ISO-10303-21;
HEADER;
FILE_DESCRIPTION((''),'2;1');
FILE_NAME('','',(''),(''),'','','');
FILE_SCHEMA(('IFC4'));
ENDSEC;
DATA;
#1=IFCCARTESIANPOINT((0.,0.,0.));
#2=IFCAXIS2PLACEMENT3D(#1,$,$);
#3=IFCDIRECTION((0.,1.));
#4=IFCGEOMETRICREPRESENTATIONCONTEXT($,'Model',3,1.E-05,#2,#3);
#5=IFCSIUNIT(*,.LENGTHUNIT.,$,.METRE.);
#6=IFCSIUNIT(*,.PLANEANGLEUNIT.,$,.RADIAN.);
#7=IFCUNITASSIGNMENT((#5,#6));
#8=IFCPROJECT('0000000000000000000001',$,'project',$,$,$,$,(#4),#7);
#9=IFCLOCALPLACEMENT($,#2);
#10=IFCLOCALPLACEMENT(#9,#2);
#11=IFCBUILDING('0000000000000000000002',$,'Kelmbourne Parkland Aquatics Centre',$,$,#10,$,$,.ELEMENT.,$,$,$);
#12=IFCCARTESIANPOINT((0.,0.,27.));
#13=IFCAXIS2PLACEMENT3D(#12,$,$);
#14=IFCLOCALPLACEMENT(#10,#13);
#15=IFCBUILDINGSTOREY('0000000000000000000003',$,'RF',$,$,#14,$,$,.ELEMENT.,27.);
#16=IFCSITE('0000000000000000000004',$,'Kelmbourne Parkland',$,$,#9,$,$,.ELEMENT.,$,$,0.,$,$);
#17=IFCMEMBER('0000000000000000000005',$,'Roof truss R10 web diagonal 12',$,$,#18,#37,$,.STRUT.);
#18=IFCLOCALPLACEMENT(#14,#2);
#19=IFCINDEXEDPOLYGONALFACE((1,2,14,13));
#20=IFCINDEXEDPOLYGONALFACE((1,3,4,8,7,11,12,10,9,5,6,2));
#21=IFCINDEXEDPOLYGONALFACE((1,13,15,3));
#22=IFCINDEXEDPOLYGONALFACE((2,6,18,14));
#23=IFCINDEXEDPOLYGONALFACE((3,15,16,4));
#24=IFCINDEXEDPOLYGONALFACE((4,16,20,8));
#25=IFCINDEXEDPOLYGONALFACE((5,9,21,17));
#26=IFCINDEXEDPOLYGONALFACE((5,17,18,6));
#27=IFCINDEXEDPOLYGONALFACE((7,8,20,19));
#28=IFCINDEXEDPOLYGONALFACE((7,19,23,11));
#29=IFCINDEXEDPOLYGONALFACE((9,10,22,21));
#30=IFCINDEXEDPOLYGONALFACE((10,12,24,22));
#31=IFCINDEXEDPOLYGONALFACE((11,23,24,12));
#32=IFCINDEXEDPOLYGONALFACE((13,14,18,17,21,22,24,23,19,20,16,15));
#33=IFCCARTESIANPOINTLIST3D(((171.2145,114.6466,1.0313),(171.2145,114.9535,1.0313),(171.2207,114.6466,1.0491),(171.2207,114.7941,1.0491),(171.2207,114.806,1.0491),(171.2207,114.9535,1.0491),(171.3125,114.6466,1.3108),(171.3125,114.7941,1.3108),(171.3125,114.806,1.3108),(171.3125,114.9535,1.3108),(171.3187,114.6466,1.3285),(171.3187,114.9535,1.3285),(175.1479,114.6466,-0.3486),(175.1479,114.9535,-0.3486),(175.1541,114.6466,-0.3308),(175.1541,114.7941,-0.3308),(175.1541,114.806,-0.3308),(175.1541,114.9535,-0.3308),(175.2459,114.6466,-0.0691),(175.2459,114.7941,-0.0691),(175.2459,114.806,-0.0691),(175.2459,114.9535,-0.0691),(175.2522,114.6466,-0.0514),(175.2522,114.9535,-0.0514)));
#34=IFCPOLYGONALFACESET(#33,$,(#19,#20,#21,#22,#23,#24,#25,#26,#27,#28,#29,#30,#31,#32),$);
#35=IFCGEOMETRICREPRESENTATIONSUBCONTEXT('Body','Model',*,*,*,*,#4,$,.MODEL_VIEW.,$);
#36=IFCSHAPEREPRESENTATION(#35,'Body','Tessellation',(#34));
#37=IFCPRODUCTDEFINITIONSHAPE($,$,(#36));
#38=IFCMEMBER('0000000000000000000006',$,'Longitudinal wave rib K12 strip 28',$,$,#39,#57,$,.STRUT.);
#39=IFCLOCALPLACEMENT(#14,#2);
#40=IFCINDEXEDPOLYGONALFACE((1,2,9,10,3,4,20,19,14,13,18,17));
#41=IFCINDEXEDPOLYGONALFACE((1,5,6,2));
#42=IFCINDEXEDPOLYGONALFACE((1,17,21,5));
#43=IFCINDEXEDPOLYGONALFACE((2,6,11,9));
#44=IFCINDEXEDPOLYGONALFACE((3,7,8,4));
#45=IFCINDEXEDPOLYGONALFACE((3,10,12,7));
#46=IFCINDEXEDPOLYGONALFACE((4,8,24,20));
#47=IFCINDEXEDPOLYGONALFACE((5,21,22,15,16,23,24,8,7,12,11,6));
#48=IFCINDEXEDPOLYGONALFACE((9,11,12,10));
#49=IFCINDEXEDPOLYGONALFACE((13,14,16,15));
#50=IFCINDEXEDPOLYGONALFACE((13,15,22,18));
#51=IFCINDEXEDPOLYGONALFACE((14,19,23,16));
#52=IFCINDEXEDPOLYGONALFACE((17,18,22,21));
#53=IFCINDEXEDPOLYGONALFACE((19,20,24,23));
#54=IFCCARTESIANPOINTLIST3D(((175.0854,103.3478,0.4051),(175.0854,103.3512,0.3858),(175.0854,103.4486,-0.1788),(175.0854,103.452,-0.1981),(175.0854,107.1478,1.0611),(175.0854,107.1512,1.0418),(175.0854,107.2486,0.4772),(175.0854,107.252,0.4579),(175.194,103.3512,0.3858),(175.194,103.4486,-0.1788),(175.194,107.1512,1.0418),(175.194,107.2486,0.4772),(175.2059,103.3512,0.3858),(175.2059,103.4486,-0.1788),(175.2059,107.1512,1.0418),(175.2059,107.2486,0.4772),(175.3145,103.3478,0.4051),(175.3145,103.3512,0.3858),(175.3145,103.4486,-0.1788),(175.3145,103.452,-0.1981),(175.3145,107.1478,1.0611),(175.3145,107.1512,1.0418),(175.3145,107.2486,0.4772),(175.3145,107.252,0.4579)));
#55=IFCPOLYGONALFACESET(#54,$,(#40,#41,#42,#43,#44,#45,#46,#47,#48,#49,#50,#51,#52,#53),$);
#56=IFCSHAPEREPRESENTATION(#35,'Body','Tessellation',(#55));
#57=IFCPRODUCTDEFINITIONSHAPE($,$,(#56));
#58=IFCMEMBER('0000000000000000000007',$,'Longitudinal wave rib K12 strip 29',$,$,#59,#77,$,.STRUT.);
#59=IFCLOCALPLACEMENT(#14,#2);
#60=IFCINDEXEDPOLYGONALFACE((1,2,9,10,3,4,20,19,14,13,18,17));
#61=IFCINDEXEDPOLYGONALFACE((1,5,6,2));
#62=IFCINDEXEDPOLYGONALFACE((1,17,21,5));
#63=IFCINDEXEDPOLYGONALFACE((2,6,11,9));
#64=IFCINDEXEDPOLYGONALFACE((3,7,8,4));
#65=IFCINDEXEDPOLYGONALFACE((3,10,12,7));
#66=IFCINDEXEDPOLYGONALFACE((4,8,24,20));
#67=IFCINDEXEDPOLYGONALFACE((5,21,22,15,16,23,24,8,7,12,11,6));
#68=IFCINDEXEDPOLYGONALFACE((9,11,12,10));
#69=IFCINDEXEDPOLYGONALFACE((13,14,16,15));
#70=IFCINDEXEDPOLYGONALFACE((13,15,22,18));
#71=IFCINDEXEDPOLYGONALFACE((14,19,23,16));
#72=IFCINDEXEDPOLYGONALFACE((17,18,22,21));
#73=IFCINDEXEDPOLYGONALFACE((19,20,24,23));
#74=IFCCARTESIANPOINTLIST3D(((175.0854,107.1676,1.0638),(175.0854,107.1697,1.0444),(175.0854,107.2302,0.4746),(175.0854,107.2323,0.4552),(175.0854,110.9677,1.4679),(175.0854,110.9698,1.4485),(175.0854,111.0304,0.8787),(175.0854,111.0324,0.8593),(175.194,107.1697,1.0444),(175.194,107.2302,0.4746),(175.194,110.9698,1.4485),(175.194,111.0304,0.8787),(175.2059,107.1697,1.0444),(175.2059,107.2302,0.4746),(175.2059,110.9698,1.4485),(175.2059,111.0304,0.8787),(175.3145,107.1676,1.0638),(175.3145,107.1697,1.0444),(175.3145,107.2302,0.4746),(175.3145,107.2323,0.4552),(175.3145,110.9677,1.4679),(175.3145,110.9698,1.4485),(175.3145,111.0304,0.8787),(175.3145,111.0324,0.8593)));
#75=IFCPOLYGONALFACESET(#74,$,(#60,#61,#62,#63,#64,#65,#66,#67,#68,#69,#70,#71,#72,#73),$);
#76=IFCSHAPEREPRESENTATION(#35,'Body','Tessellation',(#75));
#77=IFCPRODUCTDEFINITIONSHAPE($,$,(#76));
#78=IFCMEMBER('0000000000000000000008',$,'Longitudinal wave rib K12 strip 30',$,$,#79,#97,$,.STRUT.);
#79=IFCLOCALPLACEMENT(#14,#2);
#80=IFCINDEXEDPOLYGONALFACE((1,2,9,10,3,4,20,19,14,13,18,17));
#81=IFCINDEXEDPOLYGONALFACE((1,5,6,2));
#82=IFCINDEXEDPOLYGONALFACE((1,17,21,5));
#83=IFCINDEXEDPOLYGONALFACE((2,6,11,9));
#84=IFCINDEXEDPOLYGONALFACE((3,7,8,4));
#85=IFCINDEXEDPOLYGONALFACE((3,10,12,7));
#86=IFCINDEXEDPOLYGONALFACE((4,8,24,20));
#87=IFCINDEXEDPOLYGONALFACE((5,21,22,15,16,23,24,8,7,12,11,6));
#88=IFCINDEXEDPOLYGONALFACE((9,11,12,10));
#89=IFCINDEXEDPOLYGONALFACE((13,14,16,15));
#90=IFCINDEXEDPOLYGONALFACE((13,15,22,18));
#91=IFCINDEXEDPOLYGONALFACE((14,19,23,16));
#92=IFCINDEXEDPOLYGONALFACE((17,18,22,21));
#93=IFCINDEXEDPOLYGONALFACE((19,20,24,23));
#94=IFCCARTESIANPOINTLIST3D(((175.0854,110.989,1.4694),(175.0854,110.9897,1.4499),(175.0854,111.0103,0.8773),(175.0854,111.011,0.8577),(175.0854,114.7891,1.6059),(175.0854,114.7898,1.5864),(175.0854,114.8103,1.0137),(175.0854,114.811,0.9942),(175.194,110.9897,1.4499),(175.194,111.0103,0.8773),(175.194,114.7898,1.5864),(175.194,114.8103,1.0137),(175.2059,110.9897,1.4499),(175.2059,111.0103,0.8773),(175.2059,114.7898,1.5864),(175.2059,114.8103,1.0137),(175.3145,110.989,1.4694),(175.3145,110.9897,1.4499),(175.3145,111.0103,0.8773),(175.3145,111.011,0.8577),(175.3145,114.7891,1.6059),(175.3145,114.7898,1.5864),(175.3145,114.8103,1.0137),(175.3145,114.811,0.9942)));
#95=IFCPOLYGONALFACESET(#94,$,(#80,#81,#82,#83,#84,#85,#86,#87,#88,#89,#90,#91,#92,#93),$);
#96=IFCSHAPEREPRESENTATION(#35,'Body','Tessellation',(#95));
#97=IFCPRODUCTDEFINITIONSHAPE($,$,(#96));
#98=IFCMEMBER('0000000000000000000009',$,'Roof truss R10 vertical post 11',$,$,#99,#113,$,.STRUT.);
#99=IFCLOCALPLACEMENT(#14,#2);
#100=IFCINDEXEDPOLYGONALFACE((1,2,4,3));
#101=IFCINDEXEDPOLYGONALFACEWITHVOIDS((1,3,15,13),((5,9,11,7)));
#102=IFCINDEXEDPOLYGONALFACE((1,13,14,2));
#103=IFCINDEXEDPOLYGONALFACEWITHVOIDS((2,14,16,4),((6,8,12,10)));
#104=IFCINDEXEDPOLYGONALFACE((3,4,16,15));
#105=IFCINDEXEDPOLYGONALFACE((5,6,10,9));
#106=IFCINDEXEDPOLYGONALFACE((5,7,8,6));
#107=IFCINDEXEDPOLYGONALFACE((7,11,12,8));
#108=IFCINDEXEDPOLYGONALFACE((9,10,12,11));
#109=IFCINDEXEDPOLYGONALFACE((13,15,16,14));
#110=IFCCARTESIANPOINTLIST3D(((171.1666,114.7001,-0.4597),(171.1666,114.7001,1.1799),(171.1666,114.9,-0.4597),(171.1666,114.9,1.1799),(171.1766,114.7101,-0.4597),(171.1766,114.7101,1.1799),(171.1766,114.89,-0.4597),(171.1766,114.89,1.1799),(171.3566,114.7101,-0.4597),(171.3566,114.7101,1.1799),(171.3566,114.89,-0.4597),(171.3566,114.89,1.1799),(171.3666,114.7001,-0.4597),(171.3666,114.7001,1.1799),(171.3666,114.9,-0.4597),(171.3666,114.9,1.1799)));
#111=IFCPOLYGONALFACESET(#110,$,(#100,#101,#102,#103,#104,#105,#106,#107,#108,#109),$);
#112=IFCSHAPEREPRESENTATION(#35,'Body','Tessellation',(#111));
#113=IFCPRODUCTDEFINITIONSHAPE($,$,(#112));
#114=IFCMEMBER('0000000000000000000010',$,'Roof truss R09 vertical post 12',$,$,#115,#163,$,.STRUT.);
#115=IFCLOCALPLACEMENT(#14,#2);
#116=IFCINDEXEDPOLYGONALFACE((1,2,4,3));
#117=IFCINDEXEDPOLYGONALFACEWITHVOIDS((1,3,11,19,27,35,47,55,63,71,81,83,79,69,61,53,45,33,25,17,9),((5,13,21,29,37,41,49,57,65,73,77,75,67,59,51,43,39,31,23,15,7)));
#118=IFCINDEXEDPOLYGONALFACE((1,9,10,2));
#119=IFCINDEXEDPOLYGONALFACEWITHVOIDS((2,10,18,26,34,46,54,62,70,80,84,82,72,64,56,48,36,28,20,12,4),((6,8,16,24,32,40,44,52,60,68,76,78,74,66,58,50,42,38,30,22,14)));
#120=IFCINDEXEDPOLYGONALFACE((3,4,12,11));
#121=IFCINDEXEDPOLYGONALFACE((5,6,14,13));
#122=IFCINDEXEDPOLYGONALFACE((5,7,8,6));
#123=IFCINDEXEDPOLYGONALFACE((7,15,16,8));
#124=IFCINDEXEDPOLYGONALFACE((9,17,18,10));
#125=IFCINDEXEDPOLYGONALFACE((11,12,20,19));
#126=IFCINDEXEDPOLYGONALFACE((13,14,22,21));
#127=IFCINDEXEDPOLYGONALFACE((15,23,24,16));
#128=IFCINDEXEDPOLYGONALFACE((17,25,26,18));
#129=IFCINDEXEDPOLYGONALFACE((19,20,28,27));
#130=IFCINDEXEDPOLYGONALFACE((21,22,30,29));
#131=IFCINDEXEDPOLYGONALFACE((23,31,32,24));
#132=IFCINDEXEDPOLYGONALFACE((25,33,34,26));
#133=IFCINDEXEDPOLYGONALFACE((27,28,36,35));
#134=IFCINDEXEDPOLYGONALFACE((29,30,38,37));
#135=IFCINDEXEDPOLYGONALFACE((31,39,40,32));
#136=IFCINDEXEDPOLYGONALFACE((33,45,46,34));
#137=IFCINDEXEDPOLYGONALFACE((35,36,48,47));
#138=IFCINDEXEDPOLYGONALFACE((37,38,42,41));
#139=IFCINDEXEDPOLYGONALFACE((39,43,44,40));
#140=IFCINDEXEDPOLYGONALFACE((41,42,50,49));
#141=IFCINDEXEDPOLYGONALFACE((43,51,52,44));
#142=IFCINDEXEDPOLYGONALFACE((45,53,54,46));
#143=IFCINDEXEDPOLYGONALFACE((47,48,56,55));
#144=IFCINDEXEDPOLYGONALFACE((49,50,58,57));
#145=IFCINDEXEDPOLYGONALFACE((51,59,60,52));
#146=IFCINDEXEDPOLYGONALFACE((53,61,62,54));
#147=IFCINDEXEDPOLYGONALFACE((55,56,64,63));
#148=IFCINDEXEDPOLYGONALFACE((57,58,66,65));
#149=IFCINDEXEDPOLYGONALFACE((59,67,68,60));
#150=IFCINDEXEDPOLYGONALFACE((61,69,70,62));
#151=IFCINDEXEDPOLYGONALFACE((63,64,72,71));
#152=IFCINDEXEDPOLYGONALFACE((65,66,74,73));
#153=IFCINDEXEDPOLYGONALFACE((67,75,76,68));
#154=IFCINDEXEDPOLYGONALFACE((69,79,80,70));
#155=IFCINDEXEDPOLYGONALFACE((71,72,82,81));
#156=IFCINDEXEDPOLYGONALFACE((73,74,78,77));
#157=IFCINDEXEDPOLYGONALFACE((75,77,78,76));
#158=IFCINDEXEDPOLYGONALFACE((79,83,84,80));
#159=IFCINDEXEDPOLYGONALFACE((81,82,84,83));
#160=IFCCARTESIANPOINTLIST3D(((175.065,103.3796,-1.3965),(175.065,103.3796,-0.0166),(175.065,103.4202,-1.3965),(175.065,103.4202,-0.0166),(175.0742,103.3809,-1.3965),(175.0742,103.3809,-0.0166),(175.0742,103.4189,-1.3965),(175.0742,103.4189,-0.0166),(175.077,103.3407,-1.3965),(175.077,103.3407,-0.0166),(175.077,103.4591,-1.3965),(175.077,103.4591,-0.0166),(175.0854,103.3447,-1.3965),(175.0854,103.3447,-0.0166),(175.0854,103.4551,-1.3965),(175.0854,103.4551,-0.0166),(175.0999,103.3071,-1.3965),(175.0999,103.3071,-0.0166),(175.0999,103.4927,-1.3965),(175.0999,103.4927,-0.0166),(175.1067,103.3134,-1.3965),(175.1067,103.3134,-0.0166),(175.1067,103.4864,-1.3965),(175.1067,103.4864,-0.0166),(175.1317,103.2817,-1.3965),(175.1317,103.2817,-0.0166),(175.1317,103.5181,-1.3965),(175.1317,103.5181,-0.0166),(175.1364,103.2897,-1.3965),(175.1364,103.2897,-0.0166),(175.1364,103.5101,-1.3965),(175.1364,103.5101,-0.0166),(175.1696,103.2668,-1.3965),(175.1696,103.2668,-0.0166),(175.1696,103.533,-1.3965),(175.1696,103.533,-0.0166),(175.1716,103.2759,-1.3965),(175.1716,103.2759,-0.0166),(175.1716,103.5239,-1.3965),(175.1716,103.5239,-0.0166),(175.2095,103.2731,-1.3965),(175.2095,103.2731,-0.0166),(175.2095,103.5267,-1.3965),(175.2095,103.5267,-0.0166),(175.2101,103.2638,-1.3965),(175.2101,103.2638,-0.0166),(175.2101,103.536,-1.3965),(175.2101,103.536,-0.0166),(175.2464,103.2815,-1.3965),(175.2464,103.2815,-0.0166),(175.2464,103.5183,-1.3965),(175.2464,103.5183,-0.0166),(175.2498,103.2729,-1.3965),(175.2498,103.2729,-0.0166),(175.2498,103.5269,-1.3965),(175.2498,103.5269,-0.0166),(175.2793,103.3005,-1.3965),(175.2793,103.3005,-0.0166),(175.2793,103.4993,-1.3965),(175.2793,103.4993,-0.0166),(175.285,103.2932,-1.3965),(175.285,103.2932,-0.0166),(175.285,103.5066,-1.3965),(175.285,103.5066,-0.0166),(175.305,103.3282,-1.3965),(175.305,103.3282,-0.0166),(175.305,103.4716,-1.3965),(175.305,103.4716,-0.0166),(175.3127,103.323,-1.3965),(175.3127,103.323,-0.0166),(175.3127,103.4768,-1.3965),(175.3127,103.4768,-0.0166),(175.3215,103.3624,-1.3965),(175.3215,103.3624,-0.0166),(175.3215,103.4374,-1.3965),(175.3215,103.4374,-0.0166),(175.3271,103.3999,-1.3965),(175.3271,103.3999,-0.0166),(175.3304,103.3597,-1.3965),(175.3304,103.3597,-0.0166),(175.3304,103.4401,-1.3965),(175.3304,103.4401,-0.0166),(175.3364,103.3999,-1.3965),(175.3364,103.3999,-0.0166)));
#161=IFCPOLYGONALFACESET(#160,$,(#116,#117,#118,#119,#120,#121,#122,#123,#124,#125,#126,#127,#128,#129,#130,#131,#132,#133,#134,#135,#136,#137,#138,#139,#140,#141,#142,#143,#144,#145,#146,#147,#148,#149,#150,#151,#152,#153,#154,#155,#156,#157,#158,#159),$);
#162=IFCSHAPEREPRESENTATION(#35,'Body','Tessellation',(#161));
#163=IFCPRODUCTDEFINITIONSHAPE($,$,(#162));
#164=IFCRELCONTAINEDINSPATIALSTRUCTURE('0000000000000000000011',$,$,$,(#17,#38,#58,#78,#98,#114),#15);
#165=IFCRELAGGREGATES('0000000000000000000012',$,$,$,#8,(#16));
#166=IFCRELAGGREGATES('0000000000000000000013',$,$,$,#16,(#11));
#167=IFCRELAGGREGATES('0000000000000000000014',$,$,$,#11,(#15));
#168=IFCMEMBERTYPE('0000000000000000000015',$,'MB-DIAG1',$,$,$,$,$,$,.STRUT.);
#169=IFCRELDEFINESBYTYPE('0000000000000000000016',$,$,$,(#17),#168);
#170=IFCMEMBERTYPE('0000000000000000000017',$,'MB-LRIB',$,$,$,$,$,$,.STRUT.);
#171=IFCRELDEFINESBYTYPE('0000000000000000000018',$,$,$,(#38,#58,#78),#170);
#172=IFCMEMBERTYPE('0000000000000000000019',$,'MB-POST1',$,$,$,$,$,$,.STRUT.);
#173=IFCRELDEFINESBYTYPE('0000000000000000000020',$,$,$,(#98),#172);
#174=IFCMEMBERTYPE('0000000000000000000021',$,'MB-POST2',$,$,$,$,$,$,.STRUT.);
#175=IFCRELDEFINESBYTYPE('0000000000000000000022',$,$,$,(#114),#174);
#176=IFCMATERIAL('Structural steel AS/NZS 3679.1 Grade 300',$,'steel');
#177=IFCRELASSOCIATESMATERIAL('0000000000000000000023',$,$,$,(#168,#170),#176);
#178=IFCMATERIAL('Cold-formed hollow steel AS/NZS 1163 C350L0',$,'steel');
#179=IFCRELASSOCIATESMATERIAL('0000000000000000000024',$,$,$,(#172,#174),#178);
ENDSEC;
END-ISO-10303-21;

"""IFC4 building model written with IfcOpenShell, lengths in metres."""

from ifc_helpers import new_model, si_unit, direction, frame, origin, origin_2d, place, context, subcontext, project, spatial, hollow_rectangle, hollow_circle, i_section, extrude, material, material_profile, profile_set, type_object, element, save


model = new_model("IFC4")

# Units and contexts
model_context = context("Model", 3, precision=1e-05, world=origin(), true_north=direction((0.0, 1.0)))
body_context = subcontext(model_context, "Body", "Model", "MODEL_VIEW")
ifc_project = project(units=[si_unit("LENGTHUNIT", "METRE"), si_unit("PLANEANGLEUNIT", "RADIAN")], contexts=[model_context])

# Site, building, storey
site_placement = place(None, origin())
site = spatial("IfcSite", under=ifc_project, at=site_placement, Name="Kelmbourne Parkland", CompositionType="ELEMENT", RefElevation=0.0)
building_placement = place(site_placement, origin())
building = spatial("IfcBuilding", under=site, at=building_placement, Name="Kelmbourne Parkland Aquatics Centre", CompositionType="ELEMENT")
storey_placement = place(building_placement, frame((0.0, 0.0, 27.0)))
storey = spatial("IfcBuildingStorey", under=building, at=storey_placement, Name="RF", CompositionType="ELEMENT", Elevation=27.0)

# Members
ifc_material_1 = material(Name="Structural steel AS/NZS 3679.1 Grade 300", Category="steel")
ifc_material_profile_1 = material_profile(ifc_material_1, i_section(OverallWidth=0.3069, OverallDepth=0.3149, WebThickness=0.012, FlangeThickness=0.0188, at=origin_2d()), Name="310UC118")
ifc_profile_set_1 = profile_set([ifc_material_profile_1], Name="Structural steel AS/NZS 3679.1 Grade 300")
member_type_1 = type_object("IfcMemberType", Name="MB-DIAG1", PredefinedType="STRUT", material=ifc_profile_set_1)
member_1_placement = place(storey_placement, frame((171.2666, 114.8, 1.1799), z_axis=(0.943618, 0.0, -0.331036), x_axis=(0.0, 1.0, 0.0)))
element("IfcMember", 1, at=member_1_placement, inside=storey, type_object=member_type_1, Name="Roof truss R10 web diagonal 12", PredefinedType="STRUT", context=body_context, shape_type="SweptSolid", body=[
    extrude(i_section(OverallWidth=0.3069, OverallDepth=0.3149, WebThickness=0.012, FlangeThickness=0.0188, at=origin_2d()), origin(), (0.0, 0.0, 1.0), 4.1685),
])
ifc_material_profile_2 = material_profile(ifc_material_1, i_section(OverallWidth=0.229, OverallDepth=0.6121, WebThickness=0.012, FlangeThickness=0.0195, at=origin_2d()), Name="610UB125")
ifc_profile_set_2 = profile_set([ifc_material_profile_2], Name="Structural steel AS/NZS 3679.1 Grade 300")
member_type_2 = type_object("IfcMemberType", Name="MB-LRIB", PredefinedType="STRUT", material=ifc_profile_set_2)
member_2_placement = place(storey_placement, frame((175.2, 103.3999, 0.1035), z_axis=(0.0, 0.985424, 0.170115), x_axis=(-1.0, 0.0, 0.0)))
element("IfcMember", 2, at=member_2_placement, inside=storey, type_object=member_type_2, Name="Longitudinal wave rib K12 strip 28", PredefinedType="STRUT", context=body_context, shape_type="SweptSolid", body=[
    extrude(i_section(OverallWidth=0.229, OverallDepth=0.6121, WebThickness=0.012, FlangeThickness=0.0195, at=origin_2d()), origin(), (0.0, 0.0, 1.0), 3.8562),
])
member_3_placement = place(storey_placement, frame((175.2, 107.2, 0.7595), z_axis=(0.0, 0.994395, 0.105732), x_axis=(-1.0, 0.0, 0.0)))
element("IfcMember", 3, at=member_3_placement, inside=storey, type_object=member_type_2, Name="Longitudinal wave rib K12 strip 29", PredefinedType="STRUT", context=body_context, shape_type="SweptSolid", body=[
    extrude(i_section(OverallWidth=0.229, OverallDepth=0.6121, WebThickness=0.012, FlangeThickness=0.0195, at=origin_2d()), origin(), (0.0, 0.0, 1.0), 3.8215),
])
member_4_placement = place(storey_placement, frame((175.2, 111.0, 1.1636), z_axis=(0.0, 0.999356, 0.035891), x_axis=(-1.0, 0.0, 0.0)))
element("IfcMember", 4, at=member_4_placement, inside=storey, type_object=member_type_2, Name="Longitudinal wave rib K12 strip 30", PredefinedType="STRUT", context=body_context, shape_type="SweptSolid", body=[
    extrude(i_section(OverallWidth=0.229, OverallDepth=0.6121, WebThickness=0.012, FlangeThickness=0.0195, at=origin_2d()), origin(), (0.0, 0.0, 1.0), 3.8025),
])
ifc_material_2 = material(Name="Cold-formed hollow steel AS/NZS 1163 C350L0", Category="steel")
ifc_material_profile_3 = material_profile(ifc_material_2, hollow_rectangle(XDim=0.2, YDim=0.2, WallThickness=0.01, at=origin_2d()), Name="SHS 200x200x10.0")
ifc_profile_set_3 = profile_set([ifc_material_profile_3], Name="Cold-formed hollow steel AS/NZS 1163 C350L0")
member_type_3 = type_object("IfcMemberType", Name="MB-POST1", PredefinedType="STRUT", material=ifc_profile_set_3)
member_5_placement = place(storey_placement, frame((171.2666, 114.8, -0.4597), z_axis=(0.0, 0.0, 1.0), x_axis=(1.0, 0.0, 0.0)))
element("IfcMember", 5, at=member_5_placement, inside=storey, type_object=member_type_3, Name="Roof truss R10 vertical post 11", PredefinedType="STRUT", context=body_context, shape_type="SweptSolid", body=[
    extrude(hollow_rectangle(XDim=0.2, YDim=0.2, WallThickness=0.01, at=origin_2d()), origin(), (0.0, 0.0, 1.0), 1.6396),
])
ifc_material_profile_4 = material_profile(ifc_material_2, hollow_circle(Radius=0.1365, WallThickness=0.0093, at=origin_2d()), Name="CHS 273.1x9.3")
ifc_profile_set_4 = profile_set([ifc_material_profile_4], Name="Cold-formed hollow steel AS/NZS 1163 C350L0")
member_type_4 = type_object("IfcMemberType", Name="MB-POST2", PredefinedType="STRUT", material=ifc_profile_set_4)
for number, where, z_axis, x_axis, name in (
    (6, (175.2, 103.3999, -1.3965), (0.0, 0.0, 1.0), (1.0, 0.0, 0.0), "Roof truss R09 vertical post 12"),
):
    element("IfcMember", number, at=place(storey_placement, frame(where, z_axis=z_axis, x_axis=x_axis)), inside=storey, type_object=member_type_4, Name=name, PredefinedType="STRUT", context=body_context, shape_type="SweptSolid", body=[
        extrude(hollow_circle(Radius=0.1365, WallThickness=0.0093, at=origin_2d()), origin(), (0.0, 0.0, 1.0), 1.3799),
    ])

save(model, "model.ifc")
